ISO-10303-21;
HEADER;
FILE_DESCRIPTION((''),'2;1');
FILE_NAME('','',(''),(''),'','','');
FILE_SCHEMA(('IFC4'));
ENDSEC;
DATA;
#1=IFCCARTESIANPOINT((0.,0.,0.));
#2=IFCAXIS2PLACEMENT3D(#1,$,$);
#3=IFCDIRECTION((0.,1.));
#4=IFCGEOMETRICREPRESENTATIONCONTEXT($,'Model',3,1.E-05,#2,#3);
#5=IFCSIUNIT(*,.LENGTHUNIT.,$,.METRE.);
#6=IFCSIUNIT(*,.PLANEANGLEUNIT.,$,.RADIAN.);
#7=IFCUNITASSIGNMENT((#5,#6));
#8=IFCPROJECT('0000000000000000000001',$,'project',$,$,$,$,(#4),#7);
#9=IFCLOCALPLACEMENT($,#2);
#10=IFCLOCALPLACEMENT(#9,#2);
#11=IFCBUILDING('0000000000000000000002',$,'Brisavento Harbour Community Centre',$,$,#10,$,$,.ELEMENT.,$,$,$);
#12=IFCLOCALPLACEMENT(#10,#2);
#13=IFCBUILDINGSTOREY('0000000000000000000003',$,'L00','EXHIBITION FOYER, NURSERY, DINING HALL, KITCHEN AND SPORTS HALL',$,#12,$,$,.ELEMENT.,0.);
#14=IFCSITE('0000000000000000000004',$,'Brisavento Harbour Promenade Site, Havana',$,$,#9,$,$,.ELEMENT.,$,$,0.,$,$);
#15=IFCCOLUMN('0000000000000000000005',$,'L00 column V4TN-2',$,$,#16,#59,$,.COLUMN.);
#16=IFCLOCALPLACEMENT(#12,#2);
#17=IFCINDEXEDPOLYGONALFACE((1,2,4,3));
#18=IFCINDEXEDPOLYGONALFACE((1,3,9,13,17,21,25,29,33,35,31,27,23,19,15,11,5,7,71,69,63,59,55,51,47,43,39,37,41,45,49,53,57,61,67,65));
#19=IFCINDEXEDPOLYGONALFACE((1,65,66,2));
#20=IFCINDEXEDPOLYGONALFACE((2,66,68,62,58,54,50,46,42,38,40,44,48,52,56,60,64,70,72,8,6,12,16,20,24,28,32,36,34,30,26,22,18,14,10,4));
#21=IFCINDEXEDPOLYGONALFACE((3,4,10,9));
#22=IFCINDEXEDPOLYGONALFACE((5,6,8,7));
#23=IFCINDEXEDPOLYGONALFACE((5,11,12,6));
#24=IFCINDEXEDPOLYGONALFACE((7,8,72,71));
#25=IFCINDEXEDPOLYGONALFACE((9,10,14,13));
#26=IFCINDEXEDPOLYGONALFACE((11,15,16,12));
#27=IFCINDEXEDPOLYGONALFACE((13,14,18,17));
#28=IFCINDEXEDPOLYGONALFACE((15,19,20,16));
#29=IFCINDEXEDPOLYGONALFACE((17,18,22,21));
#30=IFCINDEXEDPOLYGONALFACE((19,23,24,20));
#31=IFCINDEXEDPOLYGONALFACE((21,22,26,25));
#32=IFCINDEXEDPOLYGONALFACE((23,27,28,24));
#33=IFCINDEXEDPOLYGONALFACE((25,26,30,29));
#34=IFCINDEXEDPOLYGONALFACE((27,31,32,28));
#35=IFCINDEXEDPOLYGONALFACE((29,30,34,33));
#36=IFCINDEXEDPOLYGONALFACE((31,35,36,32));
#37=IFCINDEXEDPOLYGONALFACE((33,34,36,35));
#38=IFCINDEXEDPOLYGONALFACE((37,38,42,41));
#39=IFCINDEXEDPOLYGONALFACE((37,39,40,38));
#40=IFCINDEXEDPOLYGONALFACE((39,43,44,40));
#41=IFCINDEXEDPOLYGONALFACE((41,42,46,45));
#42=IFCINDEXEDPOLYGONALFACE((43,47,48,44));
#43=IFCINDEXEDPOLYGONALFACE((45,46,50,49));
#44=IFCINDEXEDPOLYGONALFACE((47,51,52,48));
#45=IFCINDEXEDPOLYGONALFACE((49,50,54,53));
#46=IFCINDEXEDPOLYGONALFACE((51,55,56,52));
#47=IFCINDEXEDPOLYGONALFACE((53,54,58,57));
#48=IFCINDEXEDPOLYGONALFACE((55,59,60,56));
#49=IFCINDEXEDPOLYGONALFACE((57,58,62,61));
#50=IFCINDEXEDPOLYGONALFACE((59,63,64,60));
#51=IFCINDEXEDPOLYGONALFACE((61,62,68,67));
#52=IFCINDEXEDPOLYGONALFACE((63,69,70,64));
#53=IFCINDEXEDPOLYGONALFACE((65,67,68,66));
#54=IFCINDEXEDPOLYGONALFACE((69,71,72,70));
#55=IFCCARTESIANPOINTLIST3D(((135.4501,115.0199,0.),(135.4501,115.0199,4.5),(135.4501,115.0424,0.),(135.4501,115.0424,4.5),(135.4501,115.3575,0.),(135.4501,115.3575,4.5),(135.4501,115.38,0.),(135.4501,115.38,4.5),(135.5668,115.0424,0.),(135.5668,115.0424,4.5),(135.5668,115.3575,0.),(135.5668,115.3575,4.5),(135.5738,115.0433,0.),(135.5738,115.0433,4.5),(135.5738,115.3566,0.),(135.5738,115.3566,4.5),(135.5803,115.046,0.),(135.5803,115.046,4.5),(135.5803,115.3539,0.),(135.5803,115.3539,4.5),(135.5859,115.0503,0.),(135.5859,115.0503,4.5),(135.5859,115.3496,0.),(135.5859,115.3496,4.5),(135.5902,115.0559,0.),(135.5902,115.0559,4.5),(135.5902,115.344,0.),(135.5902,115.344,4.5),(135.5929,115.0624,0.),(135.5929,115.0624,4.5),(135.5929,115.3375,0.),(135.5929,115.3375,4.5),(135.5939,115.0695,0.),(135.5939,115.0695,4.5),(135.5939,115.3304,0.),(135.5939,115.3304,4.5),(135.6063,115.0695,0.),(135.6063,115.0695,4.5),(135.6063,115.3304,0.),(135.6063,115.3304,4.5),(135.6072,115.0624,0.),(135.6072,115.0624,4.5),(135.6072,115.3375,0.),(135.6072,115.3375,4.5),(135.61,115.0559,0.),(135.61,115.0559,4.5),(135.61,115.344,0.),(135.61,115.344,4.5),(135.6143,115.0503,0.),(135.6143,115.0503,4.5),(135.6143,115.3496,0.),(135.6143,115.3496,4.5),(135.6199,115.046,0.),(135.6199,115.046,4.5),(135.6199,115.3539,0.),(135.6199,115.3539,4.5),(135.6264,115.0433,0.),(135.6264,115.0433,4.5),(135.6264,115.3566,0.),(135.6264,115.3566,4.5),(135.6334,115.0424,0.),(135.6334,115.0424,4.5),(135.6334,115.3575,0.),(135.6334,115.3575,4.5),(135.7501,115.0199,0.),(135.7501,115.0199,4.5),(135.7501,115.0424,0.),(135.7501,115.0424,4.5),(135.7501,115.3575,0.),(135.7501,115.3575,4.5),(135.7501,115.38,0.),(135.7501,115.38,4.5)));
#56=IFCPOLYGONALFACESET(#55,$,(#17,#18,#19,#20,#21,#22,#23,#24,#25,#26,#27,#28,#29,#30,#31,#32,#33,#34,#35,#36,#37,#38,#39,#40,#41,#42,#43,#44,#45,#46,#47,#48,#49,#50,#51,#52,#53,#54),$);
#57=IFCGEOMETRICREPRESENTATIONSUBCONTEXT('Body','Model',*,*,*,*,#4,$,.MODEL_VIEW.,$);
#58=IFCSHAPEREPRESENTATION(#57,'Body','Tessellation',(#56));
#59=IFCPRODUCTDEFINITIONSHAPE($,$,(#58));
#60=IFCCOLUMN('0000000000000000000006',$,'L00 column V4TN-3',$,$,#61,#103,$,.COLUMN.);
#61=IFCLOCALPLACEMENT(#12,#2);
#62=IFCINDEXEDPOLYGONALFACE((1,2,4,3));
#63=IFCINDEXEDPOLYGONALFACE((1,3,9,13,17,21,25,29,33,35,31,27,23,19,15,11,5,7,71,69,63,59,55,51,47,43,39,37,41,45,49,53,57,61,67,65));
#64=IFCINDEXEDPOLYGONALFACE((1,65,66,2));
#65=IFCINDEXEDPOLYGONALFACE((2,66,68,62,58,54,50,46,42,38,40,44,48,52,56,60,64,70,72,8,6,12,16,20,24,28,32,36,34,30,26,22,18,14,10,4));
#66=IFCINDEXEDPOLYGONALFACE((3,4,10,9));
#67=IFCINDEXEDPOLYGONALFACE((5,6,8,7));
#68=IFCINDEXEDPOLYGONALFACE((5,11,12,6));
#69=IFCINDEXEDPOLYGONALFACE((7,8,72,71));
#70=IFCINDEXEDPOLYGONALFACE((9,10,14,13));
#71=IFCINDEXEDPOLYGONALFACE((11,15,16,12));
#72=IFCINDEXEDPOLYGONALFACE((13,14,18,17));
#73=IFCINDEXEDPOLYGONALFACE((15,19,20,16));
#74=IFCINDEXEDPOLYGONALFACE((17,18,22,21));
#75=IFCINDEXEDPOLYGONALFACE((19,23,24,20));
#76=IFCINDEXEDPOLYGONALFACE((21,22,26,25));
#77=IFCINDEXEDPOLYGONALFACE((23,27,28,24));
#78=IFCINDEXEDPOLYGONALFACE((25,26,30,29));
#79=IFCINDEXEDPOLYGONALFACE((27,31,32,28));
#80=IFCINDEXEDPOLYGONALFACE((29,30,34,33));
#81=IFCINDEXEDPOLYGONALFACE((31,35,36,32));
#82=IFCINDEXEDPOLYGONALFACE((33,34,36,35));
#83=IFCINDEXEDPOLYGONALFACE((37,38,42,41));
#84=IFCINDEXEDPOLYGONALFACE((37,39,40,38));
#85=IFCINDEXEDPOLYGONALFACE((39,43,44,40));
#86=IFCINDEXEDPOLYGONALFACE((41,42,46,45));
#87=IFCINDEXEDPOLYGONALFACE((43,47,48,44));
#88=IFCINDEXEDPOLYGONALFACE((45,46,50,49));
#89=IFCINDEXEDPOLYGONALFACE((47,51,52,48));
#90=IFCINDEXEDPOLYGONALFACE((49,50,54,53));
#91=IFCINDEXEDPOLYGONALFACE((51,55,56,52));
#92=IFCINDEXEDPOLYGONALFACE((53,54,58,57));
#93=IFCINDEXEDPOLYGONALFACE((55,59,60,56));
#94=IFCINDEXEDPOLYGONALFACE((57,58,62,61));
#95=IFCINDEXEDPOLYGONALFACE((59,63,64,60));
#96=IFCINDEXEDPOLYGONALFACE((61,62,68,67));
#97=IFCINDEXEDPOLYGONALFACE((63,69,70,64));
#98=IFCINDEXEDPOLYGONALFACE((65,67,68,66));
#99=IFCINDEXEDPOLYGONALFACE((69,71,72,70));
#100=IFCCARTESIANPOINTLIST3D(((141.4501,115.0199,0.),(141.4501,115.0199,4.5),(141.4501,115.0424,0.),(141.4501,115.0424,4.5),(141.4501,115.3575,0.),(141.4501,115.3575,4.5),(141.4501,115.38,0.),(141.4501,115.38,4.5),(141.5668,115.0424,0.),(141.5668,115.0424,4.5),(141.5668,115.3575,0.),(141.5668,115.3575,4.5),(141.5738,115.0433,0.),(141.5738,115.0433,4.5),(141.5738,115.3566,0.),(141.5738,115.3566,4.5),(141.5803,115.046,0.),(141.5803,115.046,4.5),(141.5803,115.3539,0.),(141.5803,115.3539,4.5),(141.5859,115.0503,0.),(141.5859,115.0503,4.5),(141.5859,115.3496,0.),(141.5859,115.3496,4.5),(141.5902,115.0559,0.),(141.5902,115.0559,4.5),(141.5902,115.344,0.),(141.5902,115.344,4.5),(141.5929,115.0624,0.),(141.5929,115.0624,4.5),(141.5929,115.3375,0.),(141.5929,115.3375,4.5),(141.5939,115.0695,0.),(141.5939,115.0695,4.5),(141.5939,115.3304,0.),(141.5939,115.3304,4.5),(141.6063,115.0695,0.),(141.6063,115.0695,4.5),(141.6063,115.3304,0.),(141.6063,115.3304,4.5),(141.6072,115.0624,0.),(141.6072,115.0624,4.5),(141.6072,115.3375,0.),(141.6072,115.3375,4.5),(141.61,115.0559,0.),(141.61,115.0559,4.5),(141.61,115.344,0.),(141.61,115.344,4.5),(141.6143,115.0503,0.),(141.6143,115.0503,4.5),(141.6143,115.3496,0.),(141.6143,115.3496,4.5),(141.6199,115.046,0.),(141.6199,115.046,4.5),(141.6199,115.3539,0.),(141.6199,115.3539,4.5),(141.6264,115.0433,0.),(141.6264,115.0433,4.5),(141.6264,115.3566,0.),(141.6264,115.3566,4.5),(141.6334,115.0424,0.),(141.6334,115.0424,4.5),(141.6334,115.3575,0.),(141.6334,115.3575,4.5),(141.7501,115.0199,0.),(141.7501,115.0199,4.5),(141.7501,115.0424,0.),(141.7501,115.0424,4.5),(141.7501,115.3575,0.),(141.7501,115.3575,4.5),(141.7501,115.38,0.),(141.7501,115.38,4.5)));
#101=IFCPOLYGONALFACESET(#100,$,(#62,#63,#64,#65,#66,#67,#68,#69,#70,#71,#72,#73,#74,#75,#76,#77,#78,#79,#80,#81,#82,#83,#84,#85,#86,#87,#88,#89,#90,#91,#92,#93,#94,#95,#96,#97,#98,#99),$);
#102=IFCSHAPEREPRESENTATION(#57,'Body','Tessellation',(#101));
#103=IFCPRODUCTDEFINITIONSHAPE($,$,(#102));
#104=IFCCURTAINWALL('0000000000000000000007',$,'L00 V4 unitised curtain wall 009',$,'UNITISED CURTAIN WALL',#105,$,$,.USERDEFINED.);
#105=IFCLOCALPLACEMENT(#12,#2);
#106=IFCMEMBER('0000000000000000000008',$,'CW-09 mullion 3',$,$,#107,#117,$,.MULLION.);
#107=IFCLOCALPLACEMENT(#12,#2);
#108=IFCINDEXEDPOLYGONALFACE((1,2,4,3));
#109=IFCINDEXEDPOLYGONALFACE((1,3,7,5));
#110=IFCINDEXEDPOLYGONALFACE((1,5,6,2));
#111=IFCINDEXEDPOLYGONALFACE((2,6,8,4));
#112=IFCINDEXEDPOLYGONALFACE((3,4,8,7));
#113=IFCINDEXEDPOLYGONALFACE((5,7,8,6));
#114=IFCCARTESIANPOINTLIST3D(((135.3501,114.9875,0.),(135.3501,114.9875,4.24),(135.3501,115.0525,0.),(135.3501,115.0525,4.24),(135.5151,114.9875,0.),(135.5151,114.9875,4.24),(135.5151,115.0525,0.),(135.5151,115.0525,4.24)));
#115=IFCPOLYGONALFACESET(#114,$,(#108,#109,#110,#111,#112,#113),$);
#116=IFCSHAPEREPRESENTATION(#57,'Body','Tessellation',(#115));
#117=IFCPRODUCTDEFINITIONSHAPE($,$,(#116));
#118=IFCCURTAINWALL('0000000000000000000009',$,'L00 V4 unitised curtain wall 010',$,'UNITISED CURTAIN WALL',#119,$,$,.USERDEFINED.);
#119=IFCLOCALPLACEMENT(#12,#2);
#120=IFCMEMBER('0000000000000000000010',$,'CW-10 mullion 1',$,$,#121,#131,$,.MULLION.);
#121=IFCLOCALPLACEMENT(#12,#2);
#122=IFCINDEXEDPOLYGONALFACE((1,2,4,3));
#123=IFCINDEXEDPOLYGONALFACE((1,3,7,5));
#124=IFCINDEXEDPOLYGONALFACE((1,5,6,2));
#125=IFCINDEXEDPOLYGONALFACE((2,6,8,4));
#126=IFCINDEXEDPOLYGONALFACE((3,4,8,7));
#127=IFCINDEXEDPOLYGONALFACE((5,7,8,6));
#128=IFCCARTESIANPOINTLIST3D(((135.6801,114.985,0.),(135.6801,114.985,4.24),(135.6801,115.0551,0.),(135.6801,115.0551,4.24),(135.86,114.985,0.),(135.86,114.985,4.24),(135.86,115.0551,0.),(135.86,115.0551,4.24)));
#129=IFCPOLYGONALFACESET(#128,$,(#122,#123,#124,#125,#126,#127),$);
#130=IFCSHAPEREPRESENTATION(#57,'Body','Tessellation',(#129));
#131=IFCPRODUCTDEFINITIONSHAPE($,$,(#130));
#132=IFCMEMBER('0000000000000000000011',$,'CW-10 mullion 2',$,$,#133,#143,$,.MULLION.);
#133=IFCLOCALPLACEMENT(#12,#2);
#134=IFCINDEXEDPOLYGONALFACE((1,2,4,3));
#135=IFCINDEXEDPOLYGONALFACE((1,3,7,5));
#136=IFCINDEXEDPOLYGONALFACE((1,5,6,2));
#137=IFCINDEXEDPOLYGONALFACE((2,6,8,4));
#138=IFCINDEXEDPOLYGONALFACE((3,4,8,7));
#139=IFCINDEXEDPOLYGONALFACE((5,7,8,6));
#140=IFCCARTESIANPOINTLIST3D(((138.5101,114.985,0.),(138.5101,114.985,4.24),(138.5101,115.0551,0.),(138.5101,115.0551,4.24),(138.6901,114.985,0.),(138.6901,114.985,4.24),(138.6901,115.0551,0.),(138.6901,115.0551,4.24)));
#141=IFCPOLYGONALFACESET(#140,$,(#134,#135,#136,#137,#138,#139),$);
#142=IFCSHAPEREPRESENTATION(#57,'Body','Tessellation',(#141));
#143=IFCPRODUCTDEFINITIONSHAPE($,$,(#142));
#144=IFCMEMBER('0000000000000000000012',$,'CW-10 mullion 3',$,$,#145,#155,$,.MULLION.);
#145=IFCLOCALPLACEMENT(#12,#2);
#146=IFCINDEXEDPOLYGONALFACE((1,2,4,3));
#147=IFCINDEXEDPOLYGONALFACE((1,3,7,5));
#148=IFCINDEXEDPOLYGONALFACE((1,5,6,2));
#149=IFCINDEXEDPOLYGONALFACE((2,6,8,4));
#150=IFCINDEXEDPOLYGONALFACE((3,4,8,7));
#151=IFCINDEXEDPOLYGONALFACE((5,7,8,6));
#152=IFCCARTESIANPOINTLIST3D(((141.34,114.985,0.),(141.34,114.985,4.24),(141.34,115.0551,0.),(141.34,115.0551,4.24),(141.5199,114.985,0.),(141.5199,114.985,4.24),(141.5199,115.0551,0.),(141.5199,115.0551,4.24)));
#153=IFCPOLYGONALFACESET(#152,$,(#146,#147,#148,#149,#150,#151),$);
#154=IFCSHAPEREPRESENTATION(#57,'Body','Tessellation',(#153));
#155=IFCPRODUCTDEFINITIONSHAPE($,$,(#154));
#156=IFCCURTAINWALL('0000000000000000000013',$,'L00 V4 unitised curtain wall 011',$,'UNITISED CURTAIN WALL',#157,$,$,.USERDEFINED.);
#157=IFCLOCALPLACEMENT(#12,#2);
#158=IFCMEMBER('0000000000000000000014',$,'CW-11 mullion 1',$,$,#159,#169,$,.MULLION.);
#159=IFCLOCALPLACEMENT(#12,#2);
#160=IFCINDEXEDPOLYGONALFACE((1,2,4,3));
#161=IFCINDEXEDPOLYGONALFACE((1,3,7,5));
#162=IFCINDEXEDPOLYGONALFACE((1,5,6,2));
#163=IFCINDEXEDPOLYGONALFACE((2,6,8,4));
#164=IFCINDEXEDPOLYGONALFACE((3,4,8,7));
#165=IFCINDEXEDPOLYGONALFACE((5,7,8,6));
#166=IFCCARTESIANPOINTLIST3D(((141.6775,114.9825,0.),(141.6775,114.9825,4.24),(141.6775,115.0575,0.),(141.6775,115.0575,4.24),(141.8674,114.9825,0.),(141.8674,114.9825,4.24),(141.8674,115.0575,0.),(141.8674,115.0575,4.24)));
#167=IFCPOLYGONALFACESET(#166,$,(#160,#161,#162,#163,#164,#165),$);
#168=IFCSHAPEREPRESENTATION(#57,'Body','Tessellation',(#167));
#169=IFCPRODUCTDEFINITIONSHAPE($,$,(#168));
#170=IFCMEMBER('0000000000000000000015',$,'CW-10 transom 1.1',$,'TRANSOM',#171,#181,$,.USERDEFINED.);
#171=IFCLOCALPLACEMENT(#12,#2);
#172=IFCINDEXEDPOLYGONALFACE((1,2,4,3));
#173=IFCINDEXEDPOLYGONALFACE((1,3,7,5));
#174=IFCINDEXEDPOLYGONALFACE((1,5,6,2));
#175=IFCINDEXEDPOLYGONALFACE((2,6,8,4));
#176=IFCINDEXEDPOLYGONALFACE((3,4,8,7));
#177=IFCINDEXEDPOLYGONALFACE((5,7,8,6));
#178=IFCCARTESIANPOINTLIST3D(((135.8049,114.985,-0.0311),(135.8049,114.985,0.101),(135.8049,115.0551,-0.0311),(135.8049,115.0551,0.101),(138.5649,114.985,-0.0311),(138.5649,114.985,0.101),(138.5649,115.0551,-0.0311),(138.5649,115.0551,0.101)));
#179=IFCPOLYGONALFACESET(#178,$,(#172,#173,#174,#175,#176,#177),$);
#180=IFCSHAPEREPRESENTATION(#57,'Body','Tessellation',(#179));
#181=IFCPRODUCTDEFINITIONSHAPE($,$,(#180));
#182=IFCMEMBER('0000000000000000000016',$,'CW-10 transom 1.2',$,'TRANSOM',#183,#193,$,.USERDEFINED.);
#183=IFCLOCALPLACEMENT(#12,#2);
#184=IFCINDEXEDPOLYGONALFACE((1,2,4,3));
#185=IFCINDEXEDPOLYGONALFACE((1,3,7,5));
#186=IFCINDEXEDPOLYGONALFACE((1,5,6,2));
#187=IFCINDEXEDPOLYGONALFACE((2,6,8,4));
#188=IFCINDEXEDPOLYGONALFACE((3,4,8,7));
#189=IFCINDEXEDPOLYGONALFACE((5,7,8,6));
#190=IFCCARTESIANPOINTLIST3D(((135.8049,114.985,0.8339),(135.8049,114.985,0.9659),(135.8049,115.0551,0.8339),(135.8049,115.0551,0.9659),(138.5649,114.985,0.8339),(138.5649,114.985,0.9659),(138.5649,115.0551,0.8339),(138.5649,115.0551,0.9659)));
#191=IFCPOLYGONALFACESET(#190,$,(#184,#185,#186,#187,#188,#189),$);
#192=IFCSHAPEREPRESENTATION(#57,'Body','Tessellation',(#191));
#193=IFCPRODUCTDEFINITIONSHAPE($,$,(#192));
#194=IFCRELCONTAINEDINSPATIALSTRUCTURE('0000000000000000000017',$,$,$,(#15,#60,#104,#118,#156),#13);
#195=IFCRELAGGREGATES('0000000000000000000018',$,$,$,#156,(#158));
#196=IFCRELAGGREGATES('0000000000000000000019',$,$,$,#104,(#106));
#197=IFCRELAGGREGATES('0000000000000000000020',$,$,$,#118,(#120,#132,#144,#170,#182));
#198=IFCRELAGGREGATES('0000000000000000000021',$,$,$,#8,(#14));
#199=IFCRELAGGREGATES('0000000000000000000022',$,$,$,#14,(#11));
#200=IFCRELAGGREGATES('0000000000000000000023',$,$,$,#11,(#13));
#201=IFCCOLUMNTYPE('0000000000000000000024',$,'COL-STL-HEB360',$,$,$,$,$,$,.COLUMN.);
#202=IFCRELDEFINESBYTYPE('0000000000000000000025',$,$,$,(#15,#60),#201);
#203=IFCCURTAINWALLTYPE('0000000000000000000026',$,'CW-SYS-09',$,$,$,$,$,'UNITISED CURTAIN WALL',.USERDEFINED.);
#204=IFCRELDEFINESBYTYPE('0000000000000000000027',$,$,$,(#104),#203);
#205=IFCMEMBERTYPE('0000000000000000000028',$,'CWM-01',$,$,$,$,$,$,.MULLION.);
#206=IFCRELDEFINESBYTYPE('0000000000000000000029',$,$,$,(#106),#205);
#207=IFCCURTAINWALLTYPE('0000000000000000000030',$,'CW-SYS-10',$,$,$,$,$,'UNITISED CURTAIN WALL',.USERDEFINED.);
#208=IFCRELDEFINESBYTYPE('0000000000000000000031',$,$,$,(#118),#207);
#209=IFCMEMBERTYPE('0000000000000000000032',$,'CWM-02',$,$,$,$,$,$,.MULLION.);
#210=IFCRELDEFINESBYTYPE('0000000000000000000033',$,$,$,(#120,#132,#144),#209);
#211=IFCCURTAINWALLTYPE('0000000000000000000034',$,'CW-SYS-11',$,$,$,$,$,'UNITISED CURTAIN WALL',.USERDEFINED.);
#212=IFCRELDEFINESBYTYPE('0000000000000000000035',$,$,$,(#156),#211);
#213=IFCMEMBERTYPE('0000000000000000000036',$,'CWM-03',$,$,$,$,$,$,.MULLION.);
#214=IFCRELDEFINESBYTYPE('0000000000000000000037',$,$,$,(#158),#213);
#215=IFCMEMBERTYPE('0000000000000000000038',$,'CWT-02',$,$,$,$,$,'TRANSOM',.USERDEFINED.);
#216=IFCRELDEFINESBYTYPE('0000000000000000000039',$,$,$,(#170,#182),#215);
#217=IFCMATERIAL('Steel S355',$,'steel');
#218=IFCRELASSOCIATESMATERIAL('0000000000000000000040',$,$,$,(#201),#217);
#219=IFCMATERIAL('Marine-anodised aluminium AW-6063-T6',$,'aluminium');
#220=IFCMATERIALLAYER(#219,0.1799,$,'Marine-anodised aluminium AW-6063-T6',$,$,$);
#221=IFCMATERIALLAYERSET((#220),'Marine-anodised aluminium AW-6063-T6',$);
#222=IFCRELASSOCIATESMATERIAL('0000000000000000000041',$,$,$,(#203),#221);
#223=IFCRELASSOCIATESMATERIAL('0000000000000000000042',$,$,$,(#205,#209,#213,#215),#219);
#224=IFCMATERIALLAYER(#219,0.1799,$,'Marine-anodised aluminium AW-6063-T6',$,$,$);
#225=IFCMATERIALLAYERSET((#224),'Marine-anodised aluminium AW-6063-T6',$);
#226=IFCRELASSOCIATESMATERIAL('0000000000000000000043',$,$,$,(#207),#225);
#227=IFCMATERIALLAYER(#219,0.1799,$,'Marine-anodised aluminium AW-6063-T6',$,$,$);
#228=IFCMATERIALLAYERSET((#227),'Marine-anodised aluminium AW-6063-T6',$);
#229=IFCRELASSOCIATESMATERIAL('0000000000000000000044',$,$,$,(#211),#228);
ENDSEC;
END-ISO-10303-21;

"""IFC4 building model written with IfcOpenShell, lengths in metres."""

from ifc_helpers import new_model, si_unit, direction, frame, origin, origin_2d, place, context, subcontext, project, spatial, rectangle, i_section, extrude, material, layer, layer_set, material_profile, profile_set, type_object, element, aggregate, save


model = new_model("IFC4")

# Units and contexts
model_context = context("Model", 3, precision=1e-05, world=origin(), true_north=direction((0.0, 1.0)))
body_context = subcontext(model_context, "Body", "Model", "MODEL_VIEW")
ifc_project = project(units=[si_unit("LENGTHUNIT", "METRE"), si_unit("PLANEANGLEUNIT", "RADIAN")], contexts=[model_context])

# Site, building, storey
site_placement = place(None, origin())
site = spatial("IfcSite", under=ifc_project, at=site_placement, Name="Brisavento Harbour Promenade Site, Havana", CompositionType="ELEMENT", RefElevation=0.0)
building_placement = place(site_placement, origin())
building = spatial("IfcBuilding", under=site, at=building_placement, Name="Brisavento Harbour Community Centre", CompositionType="ELEMENT")
storey_placement = place(building_placement, origin())
storey = spatial("IfcBuildingStorey", under=building, at=storey_placement, Name="L00", Description="EXHIBITION FOYER, NURSERY, DINING HALL, KITCHEN AND SPORTS HALL", CompositionType="ELEMENT", Elevation=0.0)

# Columns
ifc_material_1 = material(Name="Steel S355", Category="steel")
ifc_material_profile_1 = material_profile(ifc_material_1, i_section(OverallWidth=0.3, OverallDepth=0.3601, WebThickness=0.0125, FlangeThickness=0.0225, FilletRadius=0.0271, at=origin_2d()), Name="Steel S355")
ifc_profile_set_1 = profile_set([ifc_material_profile_1], Name="Steel S355")
column_type = type_object("IfcColumnType", Name="COL-STL-HEB360", PredefinedType="COLUMN", material=ifc_profile_set_1)
for number, where, z_axis, x_axis, name in (
    (1, (135.6001, 115.2, 0.0), (0.0, 0.0, 1.0), (1.0, 0.0, 0.0), "L00 column V4TN-2"),
    (2, (141.6001, 115.2, 0.0), (0.0, 0.0, 1.0), (1.0, 0.0, 0.0), "L00 column V4TN-3"),
):
    element("IfcColumn", number, at=place(storey_placement, frame(where, z_axis=z_axis, x_axis=x_axis)), inside=storey, type_object=column_type, Name=name, PredefinedType="COLUMN", context=body_context, shape_type="SweptSolid", body=[
        extrude(i_section(OverallWidth=0.3, OverallDepth=0.3601, WebThickness=0.0125, FlangeThickness=0.0225, FilletRadius=0.0271, at=origin_2d()), origin(), (0.0, 0.0, 1.0), 4.5),
    ])

# Curtain wall, member
ifc_material_2 = material(Name="Marine-anodised aluminium AW-6063-T6", Category="aluminium")
ifc_layer_1 = layer(ifc_material_2, 0.1799, Name="Marine-anodised aluminium AW-6063-T6")
ifc_layer_set_1 = layer_set([ifc_layer_1], Name="Marine-anodised aluminium AW-6063-T6")
curtain_wall_type_1 = type_object("IfcCurtainWallType", Name="CW-SYS-09", ElementType="UNITISED CURTAIN WALL", PredefinedType="USERDEFINED", material=ifc_layer_set_1)
curtain_wall_1_placement = place(storey_placement, origin())
curtain_wall_1 = element("IfcCurtainWall", 3, at=curtain_wall_1_placement, inside=storey, type_object=curtain_wall_type_1, Name="L00 V4 unitised curtain wall 009", ObjectType="UNITISED CURTAIN WALL", PredefinedType="USERDEFINED")
ifc_material_profile_2 = material_profile(ifc_material_2, rectangle(XDim=0.0649, YDim=0.165, at=origin_2d()), Name="Marine-anodised aluminium AW-6063-T6")
ifc_profile_set_2 = profile_set([ifc_material_profile_2], Name="Marine-anodised aluminium AW-6063-T6")
member_type_1 = type_object("IfcMemberType", Name="CWM-01", PredefinedType="MULLION", material=ifc_profile_set_2)
member_1_placement = place(storey_placement, frame((135.4326, 115.02, 0.0), z_axis=(0.0, 0.0, 1.0), x_axis=(0.0, 1.0, 0.0)))
member_1 = element("IfcMember", 4, at=member_1_placement, type_object=member_type_1, Name="CW-09 mullion 3", PredefinedType="MULLION", context=body_context, shape_type="SweptSolid", body=[
    extrude(rectangle(XDim=0.0649, YDim=0.165, at=origin_2d()), origin(), (0.0, 0.0, 1.0), 4.24),
])

# Curtain wall, members
ifc_layer_2 = layer(ifc_material_2, 0.1799, Name="Marine-anodised aluminium AW-6063-T6")
ifc_layer_set_2 = layer_set([ifc_layer_2], Name="Marine-anodised aluminium AW-6063-T6")
curtain_wall_type_2 = type_object("IfcCurtainWallType", Name="CW-SYS-10", ElementType="UNITISED CURTAIN WALL", PredefinedType="USERDEFINED", material=ifc_layer_set_2)
curtain_wall_2_placement = place(storey_placement, origin())
curtain_wall_2 = element("IfcCurtainWall", 5, at=curtain_wall_2_placement, inside=storey, type_object=curtain_wall_type_2, Name="L00 V4 unitised curtain wall 010", ObjectType="UNITISED CURTAIN WALL", PredefinedType="USERDEFINED")
ifc_material_profile_3 = material_profile(ifc_material_2, rectangle(XDim=0.0701, YDim=0.1799, at=origin_2d()), Name="Marine-anodised aluminium AW-6063-T6")
ifc_profile_set_3 = profile_set([ifc_material_profile_3], Name="Marine-anodised aluminium AW-6063-T6")
member_type_2 = type_object("IfcMemberType", Name="CWM-02", PredefinedType="MULLION", material=ifc_profile_set_3)
member_2_placement = place(storey_placement, frame((135.77, 115.02, 0.0), z_axis=(0.0, 0.0, 1.0), x_axis=(0.0, 1.0, 0.0)))
member_2 = element("IfcMember", 6, at=member_2_placement, type_object=member_type_2, Name="CW-10 mullion 1", PredefinedType="MULLION", context=body_context, shape_type="SweptSolid", body=[
    extrude(rectangle(XDim=0.0701, YDim=0.1799, at=origin_2d()), origin(), (0.0, 0.0, 1.0), 4.24),
])
member_3_placement = place(storey_placement, frame((138.6001, 115.02, 0.0), z_axis=(0.0, 0.0, 1.0), x_axis=(0.0, 1.0, 0.0)))
member_3 = element("IfcMember", 7, at=member_3_placement, type_object=member_type_2, Name="CW-10 mullion 2", PredefinedType="MULLION", context=body_context, shape_type="SweptSolid", body=[
    extrude(rectangle(XDim=0.0701, YDim=0.1799, at=origin_2d()), origin(), (0.0, 0.0, 1.0), 4.24),
])
member_4_placement = place(storey_placement, frame((141.4299, 115.02, 0.0), z_axis=(0.0, 0.0, 1.0), x_axis=(0.0, 1.0, 0.0)))
member_4 = element("IfcMember", 8, at=member_4_placement, type_object=member_type_2, Name="CW-10 mullion 3", PredefinedType="MULLION", context=body_context, shape_type="SweptSolid", body=[
    extrude(rectangle(XDim=0.0701, YDim=0.1799, at=origin_2d()), origin(), (0.0, 0.0, 1.0), 4.24),
])

# Curtain wall, member
ifc_layer_3 = layer(ifc_material_2, 0.1799, Name="Marine-anodised aluminium AW-6063-T6")
ifc_layer_set_3 = layer_set([ifc_layer_3], Name="Marine-anodised aluminium AW-6063-T6")
curtain_wall_type_3 = type_object("IfcCurtainWallType", Name="CW-SYS-11", ElementType="UNITISED CURTAIN WALL", PredefinedType="USERDEFINED", material=ifc_layer_set_3)
curtain_wall_3_placement = place(storey_placement, origin())
curtain_wall_3 = element("IfcCurtainWall", 9, at=curtain_wall_3_placement, inside=storey, type_object=curtain_wall_type_3, Name="L00 V4 unitised curtain wall 011", ObjectType="UNITISED CURTAIN WALL", PredefinedType="USERDEFINED")
ifc_material_profile_4 = material_profile(ifc_material_2, rectangle(XDim=0.075, YDim=0.1899, at=origin_2d()), Name="Marine-anodised aluminium AW-6063-T6")
ifc_profile_set_4 = profile_set([ifc_material_profile_4], Name="Marine-anodised aluminium AW-6063-T6")
member_type_3 = type_object("IfcMemberType", Name="CWM-03", PredefinedType="MULLION", material=ifc_profile_set_4)
member_5_placement = place(storey_placement, frame((141.7725, 115.02, 0.0), z_axis=(0.0, 0.0, 1.0), x_axis=(0.0, 1.0, 0.0)))
member_5 = element("IfcMember", 10, at=member_5_placement, type_object=member_type_3, Name="CW-11 mullion 1", PredefinedType="MULLION", context=body_context, shape_type="SweptSolid", body=[
    extrude(rectangle(XDim=0.075, YDim=0.1899, at=origin_2d()), origin(), (0.0, 0.0, 1.0), 4.24),
])

# Members
ifc_material_profile_5 = material_profile(ifc_material_2, rectangle(XDim=0.0701, YDim=0.1321, at=origin_2d()), Name="Marine-anodised aluminium AW-6063-T6")
ifc_profile_set_5 = profile_set([ifc_material_profile_5], Name="Marine-anodised aluminium AW-6063-T6")
member_type_4 = type_object("IfcMemberType", Name="CWT-02", ElementType="TRANSOM", PredefinedType="USERDEFINED", material=ifc_profile_set_5)
member_6_placement = place(storey_placement, frame((135.8049, 115.02, 0.0349), z_axis=(1.0, 0.0, 0.0), x_axis=(0.0, 1.0, 0.0)))
member_6 = element("IfcMember", 11, at=member_6_placement, type_object=member_type_4, Name="CW-10 transom 1.1", ObjectType="TRANSOM", PredefinedType="USERDEFINED", context=body_context, shape_type="SweptSolid", body=[
    extrude(rectangle(XDim=0.0701, YDim=0.1321, at=origin_2d()), origin(), (0.0, 0.0, 1.0), 2.76),
])
member_7_placement = place(storey_placement, frame((135.8049, 115.02, 0.8999), z_axis=(1.0, 0.0, 0.0), x_axis=(0.0, 1.0, 0.0)))
member_7 = element("IfcMember", 12, at=member_7_placement, type_object=member_type_4, Name="CW-10 transom 1.2", ObjectType="TRANSOM", PredefinedType="USERDEFINED", context=body_context, shape_type="SweptSolid", body=[
    extrude(rectangle(XDim=0.0701, YDim=0.1321, at=origin_2d()), origin(), (0.0, 0.0, 1.0), 2.76),
])
aggregate(curtain_wall_3, [member_5])

aggregate(curtain_wall_1, [member_1])
aggregate(curtain_wall_2, [member_2, member_3, member_4, member_6, member_7])

save(model, "model.ifc")
